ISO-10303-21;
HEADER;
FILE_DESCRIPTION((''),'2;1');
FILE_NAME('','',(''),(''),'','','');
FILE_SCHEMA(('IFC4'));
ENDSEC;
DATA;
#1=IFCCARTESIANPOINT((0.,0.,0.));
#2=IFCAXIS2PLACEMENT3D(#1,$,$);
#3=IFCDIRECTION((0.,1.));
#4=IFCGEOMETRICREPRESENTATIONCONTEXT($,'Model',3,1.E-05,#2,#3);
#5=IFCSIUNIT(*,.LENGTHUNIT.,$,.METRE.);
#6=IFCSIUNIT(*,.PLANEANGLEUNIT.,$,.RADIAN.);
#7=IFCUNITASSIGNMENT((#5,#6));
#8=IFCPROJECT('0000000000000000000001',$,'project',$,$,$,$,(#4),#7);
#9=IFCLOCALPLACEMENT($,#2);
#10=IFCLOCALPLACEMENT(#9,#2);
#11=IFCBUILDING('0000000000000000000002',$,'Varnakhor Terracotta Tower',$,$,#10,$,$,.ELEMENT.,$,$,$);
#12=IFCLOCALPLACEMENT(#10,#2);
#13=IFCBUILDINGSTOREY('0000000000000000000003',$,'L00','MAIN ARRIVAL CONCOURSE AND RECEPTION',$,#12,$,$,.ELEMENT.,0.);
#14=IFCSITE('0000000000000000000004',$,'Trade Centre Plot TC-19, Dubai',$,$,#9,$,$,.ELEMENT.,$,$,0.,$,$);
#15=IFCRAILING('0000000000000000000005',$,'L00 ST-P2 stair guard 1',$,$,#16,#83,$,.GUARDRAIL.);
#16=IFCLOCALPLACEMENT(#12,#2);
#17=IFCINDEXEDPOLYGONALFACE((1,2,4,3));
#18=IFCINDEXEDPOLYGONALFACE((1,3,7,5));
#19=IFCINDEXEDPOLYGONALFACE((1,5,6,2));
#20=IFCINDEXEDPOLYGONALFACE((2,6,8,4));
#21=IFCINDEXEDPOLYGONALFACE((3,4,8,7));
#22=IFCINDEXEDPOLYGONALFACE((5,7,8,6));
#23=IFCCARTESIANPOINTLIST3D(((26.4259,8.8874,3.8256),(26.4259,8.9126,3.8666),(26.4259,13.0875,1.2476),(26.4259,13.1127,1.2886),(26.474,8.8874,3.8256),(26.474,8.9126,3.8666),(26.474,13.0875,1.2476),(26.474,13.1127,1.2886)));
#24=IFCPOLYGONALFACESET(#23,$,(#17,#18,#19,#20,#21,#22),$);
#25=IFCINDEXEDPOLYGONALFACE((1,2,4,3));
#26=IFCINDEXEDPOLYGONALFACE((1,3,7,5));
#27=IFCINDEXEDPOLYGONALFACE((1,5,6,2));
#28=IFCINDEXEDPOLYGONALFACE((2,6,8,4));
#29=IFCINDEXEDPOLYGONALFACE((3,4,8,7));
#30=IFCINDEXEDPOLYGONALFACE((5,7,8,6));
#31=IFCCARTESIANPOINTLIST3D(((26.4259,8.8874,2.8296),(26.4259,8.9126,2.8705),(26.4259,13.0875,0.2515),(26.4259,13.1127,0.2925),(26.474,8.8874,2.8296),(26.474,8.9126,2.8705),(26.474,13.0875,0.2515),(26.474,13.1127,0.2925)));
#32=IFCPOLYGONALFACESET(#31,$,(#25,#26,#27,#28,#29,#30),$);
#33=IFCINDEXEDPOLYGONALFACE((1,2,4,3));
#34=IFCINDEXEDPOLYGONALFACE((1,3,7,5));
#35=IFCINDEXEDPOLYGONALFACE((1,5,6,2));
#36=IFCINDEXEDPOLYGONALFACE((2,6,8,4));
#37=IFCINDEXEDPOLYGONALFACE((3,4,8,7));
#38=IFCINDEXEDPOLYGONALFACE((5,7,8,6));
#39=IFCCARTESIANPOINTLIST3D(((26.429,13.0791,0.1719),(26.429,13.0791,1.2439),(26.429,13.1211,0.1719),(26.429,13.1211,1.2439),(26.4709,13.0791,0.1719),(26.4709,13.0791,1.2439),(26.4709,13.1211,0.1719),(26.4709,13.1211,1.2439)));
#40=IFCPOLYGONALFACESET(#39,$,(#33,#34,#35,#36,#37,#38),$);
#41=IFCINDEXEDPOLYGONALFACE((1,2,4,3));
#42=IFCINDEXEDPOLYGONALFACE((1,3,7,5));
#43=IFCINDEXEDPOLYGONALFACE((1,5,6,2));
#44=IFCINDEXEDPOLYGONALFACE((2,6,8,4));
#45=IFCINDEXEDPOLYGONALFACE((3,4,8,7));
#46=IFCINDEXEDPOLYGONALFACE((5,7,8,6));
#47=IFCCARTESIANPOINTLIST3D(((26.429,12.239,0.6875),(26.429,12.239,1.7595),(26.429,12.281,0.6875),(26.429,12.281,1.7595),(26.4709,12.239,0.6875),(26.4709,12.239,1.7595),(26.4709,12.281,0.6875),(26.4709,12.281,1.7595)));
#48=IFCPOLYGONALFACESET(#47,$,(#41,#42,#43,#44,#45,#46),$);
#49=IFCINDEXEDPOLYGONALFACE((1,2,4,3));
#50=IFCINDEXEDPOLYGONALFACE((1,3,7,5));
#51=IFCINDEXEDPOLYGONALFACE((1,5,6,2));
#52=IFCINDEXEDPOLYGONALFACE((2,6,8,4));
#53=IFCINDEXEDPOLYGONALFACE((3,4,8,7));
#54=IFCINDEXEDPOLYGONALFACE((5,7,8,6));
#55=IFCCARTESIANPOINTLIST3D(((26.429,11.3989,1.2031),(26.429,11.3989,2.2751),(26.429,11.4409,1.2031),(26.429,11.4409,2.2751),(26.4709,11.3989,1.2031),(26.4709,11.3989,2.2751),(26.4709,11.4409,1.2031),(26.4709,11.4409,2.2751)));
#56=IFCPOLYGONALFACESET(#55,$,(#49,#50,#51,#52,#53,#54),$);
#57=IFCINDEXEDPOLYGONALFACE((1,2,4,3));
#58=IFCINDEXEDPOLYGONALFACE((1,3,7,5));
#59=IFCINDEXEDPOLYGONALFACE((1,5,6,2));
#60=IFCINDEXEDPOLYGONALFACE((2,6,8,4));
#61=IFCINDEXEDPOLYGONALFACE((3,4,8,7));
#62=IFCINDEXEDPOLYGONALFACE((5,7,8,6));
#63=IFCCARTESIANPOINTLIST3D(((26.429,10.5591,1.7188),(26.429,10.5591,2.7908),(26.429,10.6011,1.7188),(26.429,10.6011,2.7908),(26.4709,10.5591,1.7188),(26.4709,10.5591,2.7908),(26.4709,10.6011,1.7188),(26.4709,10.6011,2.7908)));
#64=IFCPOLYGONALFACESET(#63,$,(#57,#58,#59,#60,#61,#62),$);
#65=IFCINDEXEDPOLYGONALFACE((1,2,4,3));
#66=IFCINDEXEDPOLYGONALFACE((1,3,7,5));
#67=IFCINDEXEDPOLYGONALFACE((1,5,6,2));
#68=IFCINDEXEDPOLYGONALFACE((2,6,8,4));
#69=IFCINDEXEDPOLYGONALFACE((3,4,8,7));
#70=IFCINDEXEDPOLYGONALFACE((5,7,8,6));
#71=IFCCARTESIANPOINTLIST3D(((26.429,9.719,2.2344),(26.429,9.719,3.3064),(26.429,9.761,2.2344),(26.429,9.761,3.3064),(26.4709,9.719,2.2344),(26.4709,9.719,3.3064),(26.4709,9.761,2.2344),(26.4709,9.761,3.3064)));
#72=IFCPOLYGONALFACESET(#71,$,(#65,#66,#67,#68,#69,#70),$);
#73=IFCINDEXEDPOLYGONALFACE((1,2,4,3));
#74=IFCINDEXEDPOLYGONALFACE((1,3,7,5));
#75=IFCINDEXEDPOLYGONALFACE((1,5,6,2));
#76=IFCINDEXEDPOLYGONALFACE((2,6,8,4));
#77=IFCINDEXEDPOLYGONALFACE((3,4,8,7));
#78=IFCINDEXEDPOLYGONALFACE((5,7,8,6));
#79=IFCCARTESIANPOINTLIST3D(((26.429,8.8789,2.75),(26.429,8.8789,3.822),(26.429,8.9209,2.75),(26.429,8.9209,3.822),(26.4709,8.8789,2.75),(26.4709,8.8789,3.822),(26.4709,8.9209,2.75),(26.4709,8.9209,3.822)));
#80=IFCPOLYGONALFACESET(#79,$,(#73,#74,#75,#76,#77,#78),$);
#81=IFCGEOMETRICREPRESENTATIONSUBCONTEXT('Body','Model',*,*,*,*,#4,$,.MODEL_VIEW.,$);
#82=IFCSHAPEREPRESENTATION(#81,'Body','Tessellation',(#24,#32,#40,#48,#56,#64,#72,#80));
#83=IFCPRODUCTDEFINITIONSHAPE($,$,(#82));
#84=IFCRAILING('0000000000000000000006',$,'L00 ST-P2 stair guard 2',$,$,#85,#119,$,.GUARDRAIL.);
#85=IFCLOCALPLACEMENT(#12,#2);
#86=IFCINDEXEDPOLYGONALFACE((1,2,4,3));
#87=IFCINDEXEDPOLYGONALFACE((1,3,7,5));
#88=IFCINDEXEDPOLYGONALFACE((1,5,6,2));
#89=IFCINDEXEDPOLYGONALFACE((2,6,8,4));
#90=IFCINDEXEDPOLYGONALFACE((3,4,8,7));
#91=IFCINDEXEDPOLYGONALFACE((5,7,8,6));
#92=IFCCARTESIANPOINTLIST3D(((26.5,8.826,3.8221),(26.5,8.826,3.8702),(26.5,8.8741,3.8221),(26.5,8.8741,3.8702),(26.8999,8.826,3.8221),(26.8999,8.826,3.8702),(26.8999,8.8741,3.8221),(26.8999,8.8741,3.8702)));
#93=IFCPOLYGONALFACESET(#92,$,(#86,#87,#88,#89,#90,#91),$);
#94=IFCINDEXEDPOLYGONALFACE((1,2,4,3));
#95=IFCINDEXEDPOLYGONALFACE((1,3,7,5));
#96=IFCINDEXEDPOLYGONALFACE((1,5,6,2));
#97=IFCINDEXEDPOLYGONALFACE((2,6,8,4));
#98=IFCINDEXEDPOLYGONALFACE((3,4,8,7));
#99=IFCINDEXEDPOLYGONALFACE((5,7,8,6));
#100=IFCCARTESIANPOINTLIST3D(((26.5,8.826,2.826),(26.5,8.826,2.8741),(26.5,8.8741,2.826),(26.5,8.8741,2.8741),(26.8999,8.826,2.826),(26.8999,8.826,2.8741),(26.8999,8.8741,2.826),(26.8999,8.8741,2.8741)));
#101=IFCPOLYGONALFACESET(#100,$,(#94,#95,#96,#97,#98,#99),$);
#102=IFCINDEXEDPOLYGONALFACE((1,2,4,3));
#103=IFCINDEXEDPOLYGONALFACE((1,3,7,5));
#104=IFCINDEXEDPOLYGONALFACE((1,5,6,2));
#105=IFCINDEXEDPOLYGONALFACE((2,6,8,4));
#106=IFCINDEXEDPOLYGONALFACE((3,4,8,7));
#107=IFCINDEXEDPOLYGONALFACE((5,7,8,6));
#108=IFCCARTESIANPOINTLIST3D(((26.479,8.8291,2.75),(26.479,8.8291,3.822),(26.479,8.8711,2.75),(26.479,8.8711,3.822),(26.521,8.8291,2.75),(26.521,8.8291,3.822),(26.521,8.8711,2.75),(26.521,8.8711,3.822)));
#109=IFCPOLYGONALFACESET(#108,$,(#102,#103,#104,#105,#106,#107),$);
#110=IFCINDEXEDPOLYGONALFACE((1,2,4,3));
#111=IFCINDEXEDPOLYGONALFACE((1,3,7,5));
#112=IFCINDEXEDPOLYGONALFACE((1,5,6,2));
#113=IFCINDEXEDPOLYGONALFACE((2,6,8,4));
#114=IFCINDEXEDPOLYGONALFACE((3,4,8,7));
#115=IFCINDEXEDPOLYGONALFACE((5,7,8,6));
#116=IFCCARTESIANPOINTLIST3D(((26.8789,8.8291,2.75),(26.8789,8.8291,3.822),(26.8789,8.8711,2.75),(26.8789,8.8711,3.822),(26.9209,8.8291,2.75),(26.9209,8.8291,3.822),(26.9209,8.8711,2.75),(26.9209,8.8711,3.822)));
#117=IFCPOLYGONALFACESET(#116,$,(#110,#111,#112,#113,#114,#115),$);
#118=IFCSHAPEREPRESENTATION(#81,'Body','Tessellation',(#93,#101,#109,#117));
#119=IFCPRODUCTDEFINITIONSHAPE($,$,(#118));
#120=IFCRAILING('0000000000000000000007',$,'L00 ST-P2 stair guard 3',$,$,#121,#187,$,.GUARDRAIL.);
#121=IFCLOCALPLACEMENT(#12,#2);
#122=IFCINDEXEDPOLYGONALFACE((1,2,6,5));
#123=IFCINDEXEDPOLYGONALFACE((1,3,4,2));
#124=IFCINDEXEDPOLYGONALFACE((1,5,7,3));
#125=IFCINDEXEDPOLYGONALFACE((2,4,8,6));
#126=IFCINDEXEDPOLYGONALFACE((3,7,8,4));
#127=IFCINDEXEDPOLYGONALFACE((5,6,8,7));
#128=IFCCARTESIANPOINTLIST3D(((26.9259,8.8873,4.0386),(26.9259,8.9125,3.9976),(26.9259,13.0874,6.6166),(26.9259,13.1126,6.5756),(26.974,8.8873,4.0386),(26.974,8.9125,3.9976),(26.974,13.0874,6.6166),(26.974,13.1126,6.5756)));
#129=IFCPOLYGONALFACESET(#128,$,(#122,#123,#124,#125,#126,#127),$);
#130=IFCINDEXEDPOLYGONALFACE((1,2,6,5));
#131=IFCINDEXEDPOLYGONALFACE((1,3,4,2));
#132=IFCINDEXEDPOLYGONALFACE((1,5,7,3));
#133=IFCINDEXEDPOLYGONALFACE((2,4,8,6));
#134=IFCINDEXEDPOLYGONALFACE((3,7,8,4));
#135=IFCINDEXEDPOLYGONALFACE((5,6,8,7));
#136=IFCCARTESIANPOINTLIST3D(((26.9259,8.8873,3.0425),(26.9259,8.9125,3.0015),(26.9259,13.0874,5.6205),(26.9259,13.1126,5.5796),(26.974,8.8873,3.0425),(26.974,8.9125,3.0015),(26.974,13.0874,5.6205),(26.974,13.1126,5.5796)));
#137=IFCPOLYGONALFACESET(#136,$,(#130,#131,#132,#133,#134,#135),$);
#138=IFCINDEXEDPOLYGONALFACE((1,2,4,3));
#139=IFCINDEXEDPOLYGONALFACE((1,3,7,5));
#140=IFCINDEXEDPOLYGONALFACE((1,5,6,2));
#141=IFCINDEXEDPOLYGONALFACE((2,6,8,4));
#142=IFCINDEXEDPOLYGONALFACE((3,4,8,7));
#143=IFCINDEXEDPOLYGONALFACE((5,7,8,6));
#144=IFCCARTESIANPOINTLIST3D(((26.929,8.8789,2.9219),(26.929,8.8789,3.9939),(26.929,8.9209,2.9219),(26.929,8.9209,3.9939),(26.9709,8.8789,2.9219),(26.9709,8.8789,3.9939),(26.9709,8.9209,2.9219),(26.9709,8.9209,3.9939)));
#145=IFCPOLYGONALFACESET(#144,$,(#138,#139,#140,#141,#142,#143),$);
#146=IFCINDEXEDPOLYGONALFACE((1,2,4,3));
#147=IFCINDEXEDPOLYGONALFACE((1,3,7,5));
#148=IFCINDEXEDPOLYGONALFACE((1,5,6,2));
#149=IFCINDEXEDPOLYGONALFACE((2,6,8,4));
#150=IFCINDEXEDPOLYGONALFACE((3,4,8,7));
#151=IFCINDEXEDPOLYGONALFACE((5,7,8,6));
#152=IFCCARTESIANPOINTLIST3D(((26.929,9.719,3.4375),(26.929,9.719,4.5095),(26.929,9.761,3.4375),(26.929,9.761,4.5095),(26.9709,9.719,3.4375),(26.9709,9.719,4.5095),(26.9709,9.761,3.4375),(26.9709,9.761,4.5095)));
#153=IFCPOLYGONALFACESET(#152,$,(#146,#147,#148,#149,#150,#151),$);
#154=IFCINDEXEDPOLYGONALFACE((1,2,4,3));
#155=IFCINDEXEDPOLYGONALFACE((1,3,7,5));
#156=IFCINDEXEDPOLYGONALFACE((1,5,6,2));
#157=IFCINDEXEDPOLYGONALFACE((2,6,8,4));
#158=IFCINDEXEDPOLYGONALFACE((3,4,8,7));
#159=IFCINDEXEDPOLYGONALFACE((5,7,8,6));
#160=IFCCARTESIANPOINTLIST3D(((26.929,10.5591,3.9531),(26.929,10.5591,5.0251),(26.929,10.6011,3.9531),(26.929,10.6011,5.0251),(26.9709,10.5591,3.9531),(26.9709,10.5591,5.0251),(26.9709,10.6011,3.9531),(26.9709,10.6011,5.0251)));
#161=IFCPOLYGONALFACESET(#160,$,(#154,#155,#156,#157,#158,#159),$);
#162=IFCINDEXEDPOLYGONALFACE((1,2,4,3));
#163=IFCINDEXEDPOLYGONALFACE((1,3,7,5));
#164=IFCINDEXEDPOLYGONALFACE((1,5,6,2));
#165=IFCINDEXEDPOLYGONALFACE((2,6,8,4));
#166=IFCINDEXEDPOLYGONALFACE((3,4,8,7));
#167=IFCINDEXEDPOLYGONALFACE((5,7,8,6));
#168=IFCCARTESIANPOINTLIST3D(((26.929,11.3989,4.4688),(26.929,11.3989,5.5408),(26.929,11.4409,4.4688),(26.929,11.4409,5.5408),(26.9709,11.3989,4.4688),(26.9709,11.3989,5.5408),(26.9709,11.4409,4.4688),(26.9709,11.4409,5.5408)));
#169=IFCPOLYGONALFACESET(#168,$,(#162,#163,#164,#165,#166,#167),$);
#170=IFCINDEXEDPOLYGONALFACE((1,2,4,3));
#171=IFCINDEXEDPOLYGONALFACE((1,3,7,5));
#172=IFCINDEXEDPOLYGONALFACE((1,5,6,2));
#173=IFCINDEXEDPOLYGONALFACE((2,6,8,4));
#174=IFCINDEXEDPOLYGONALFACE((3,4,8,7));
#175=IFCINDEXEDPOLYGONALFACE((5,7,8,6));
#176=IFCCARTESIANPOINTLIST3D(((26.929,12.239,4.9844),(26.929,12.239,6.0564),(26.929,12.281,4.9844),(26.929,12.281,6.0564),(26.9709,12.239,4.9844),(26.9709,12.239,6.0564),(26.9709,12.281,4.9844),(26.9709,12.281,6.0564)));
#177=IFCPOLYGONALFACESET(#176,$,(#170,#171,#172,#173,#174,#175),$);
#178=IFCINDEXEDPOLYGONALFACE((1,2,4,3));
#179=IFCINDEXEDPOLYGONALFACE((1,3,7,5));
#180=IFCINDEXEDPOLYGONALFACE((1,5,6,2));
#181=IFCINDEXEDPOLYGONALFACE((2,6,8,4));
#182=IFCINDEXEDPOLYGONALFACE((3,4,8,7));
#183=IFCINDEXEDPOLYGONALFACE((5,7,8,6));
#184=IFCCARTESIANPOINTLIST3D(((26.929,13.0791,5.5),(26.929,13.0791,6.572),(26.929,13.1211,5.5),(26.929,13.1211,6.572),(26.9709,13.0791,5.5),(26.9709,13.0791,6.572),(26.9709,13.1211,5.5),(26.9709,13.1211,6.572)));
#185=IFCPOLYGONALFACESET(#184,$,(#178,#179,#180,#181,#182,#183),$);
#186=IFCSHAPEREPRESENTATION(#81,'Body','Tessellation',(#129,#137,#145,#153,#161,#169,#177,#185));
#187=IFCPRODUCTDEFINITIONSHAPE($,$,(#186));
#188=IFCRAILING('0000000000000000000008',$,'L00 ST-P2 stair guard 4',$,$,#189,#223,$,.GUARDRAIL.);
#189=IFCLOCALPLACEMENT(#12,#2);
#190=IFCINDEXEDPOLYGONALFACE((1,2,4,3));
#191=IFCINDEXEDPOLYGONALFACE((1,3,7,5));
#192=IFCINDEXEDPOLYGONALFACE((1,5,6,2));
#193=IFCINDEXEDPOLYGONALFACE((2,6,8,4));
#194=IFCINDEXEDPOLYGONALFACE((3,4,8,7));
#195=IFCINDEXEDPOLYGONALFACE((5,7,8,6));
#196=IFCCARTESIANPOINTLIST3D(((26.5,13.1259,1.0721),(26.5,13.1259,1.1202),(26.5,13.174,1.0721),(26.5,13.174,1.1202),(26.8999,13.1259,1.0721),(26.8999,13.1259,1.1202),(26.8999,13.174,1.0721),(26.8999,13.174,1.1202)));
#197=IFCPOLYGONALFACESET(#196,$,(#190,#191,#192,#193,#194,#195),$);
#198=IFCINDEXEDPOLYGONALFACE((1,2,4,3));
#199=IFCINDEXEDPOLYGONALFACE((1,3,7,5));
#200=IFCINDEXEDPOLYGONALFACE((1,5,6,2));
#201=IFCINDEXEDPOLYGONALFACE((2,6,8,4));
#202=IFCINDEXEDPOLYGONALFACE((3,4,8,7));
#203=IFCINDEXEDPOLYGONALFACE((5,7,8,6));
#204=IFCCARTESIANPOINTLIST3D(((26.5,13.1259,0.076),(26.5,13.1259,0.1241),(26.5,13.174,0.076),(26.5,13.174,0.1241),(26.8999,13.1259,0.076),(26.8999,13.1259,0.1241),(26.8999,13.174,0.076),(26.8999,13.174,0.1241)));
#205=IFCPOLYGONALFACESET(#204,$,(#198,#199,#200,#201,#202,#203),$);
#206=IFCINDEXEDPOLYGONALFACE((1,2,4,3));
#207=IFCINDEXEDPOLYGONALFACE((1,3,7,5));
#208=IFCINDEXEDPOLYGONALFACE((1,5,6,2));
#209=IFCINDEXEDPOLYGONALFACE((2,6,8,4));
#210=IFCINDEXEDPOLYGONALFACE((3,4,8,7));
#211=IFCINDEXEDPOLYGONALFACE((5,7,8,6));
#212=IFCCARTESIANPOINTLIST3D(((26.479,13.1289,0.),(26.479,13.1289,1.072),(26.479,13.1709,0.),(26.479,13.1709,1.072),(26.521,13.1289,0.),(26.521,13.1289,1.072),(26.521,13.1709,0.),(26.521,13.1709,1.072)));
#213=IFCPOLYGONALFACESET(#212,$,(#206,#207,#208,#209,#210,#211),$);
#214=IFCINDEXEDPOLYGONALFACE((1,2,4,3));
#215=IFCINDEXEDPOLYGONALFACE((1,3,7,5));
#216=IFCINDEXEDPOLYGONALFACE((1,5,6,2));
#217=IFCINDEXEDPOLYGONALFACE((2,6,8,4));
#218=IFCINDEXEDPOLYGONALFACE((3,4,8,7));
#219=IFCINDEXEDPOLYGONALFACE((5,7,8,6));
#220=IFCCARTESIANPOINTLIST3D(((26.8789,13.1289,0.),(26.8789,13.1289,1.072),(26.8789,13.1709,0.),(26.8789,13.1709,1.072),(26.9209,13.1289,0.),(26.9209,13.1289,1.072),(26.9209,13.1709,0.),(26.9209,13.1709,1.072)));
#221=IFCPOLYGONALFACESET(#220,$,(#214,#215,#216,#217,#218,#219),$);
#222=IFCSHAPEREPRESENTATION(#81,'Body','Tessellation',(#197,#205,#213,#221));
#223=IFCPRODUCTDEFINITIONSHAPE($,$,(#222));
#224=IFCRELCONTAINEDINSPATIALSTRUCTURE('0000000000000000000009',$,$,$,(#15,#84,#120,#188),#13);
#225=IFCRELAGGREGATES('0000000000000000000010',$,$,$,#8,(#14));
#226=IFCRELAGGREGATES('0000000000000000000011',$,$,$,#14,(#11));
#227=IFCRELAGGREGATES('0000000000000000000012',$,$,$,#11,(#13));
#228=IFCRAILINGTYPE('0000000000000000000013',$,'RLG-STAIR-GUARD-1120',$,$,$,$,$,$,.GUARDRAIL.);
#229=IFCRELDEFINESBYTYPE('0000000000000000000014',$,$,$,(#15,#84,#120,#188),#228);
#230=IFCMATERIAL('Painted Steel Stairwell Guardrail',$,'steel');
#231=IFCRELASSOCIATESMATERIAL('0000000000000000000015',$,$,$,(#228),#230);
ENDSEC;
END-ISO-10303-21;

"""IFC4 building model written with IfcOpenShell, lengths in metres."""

from ifc_helpers import new_model, si_unit, direction, frame, origin, origin_2d, place, context, subcontext, project, spatial, rectangle, extrude, material, type_object, element, save


model = new_model("IFC4")

# Units and contexts
model_context = context("Model", 3, precision=1e-05, world=origin(), true_north=direction((0.0, 1.0)))
body_context = subcontext(model_context, "Body", "Model", "MODEL_VIEW")
ifc_project = project(units=[si_unit("LENGTHUNIT", "METRE"), si_unit("PLANEANGLEUNIT", "RADIAN")], contexts=[model_context])

# Site, building, storey
site_placement = place(None, origin())
site = spatial("IfcSite", under=ifc_project, at=site_placement, Name="Trade Centre Plot TC-19, Dubai", CompositionType="ELEMENT", RefElevation=0.0)
building_placement = place(site_placement, origin())
building = spatial("IfcBuilding", under=site, at=building_placement, Name="Varnakhor Terracotta Tower", CompositionType="ELEMENT")
storey_placement = place(building_placement, origin())
storey = spatial("IfcBuildingStorey", under=building, at=storey_placement, Name="L00", Description="MAIN ARRIVAL CONCOURSE AND RECEPTION", CompositionType="ELEMENT", Elevation=0.0)

# Railings
ifc_material_1 = material(Name="Painted Steel Stairwell Guardrail", Category="steel")
railing_type_1 = type_object("IfcRailingType", Name="RLG-STAIR-GUARD-1120", PredefinedType="GUARDRAIL", material=ifc_material_1)
railing_1_placement = place(storey_placement, frame((26.45, 13.1001, 0.1719)))
element("IfcRailing", 1, at=railing_1_placement, inside=storey, type_object=railing_type_1, Name="L00 ST-P2 stair guard 1", PredefinedType="GUARDRAIL", context=body_context, shape_type="SweptSolid", body=[
    extrude(rectangle(XDim=0.0481, YDim=0.0481, at=origin_2d()), frame((0.0, 0.0, 1.0962), z_axis=(0.0, -0.852256, 0.523124), x_axis=(1.0, 0.0, 0.0)), (0.0, 0.0, 1.0), 4.9282),
    extrude(rectangle(XDim=0.0481, YDim=0.0481, at=origin_2d()), frame((0.0, 0.0, 0.1001), z_axis=(0.0, -0.852256, 0.523124), x_axis=(1.0, 0.0, 0.0)), (0.0, 0.0, 1.0), 4.9282),
    extrude(rectangle(XDim=0.042, YDim=0.042, at=origin_2d()), origin(), (0.0, 0.0, 1.0), 1.072),
    extrude(rectangle(XDim=0.042, YDim=0.042, at=origin_2d()), frame((0.0, -0.8401, 0.5156)), (0.0, 0.0, 1.0), 1.072),
    extrude(rectangle(XDim=0.042, YDim=0.042, at=origin_2d()), frame((0.0, -1.6802, 1.0312)), (0.0, 0.0, 1.0), 1.072),
    extrude(rectangle(XDim=0.042, YDim=0.042, at=origin_2d()), frame((0.0, -2.52, 1.5469)), (0.0, 0.0, 1.0), 1.072),
    extrude(rectangle(XDim=0.042, YDim=0.042, at=origin_2d()), frame((0.0, -3.3601, 2.0625)), (0.0, 0.0, 1.0), 1.072),
    extrude(rectangle(XDim=0.042, YDim=0.042, at=origin_2d()), frame((0.0, -4.2002, 2.5781)), (0.0, 0.0, 1.0), 1.072),
])
railing_2_placement = place(storey_placement, frame((26.5, 8.8501, 2.75)))
element("IfcRailing", 2, at=railing_2_placement, inside=storey, type_object=railing_type_1, Name="L00 ST-P2 stair guard 2", PredefinedType="GUARDRAIL", context=body_context, shape_type="SweptSolid", body=[
    extrude(rectangle(XDim=0.0481, YDim=0.0481, at=origin_2d()), frame((0.0, 0.0, 1.0962), z_axis=(1.0, 0.0, 0.0), x_axis=(0.0, 1.0, 0.0)), (0.0, 0.0, 1.0), 0.3999),
    extrude(rectangle(XDim=0.0481, YDim=0.0481, at=origin_2d()), frame((0.0, 0.0, 0.1001), z_axis=(1.0, 0.0, 0.0), x_axis=(0.0, 1.0, 0.0)), (0.0, 0.0, 1.0), 0.3999),
    extrude(rectangle(XDim=0.042, YDim=0.042, at=origin_2d()), origin(), (0.0, 0.0, 1.0), 1.072),
    extrude(rectangle(XDim=0.042, YDim=0.042, at=origin_2d()), frame((0.3999, 0.0, 0.0)), (0.0, 0.0, 1.0), 1.072),
])
railing_3_placement = place(storey_placement, frame((26.95, 8.8999, 2.9219)))
element("IfcRailing", 3, at=railing_3_placement, inside=storey, type_object=railing_type_1, Name="L00 ST-P2 stair guard 3", PredefinedType="GUARDRAIL", context=body_context, shape_type="SweptSolid", body=[
    extrude(rectangle(XDim=0.0481, YDim=0.0481, at=origin_2d()), frame((0.0, 0.0, 1.0962), z_axis=(0.0, 0.852256, 0.523124), x_axis=(-1.0, 0.0, 0.0)), (0.0, 0.0, 1.0), 4.9282),
    extrude(rectangle(XDim=0.0481, YDim=0.0481, at=origin_2d()), frame((0.0, 0.0, 0.1001), z_axis=(0.0, 0.852256, 0.523124), x_axis=(-1.0, 0.0, 0.0)), (0.0, 0.0, 1.0), 4.9282),
    extrude(rectangle(XDim=0.042, YDim=0.042, at=origin_2d()), origin(), (0.0, 0.0, 1.0), 1.072),
    extrude(rectangle(XDim=0.042, YDim=0.042, at=origin_2d()), frame((0.0, 0.8401, 0.5156)), (0.0, 0.0, 1.0), 1.072),
    extrude(rectangle(XDim=0.042, YDim=0.042, at=origin_2d()), frame((0.0, 1.6802, 1.0312)), (0.0, 0.0, 1.0), 1.072),
    extrude(rectangle(XDim=0.042, YDim=0.042, at=origin_2d()), frame((0.0, 2.52, 1.5469)), (0.0, 0.0, 1.0), 1.072),
    extrude(rectangle(XDim=0.042, YDim=0.042, at=origin_2d()), frame((0.0, 3.3601, 2.0625)), (0.0, 0.0, 1.0), 1.072),
    extrude(rectangle(XDim=0.042, YDim=0.042, at=origin_2d()), frame((0.0, 4.2002, 2.5781)), (0.0, 0.0, 1.0), 1.072),
])
railing_4_placement = place(storey_placement, frame((26.5, 13.1499, 0.0)))
element("IfcRailing", 4, at=railing_4_placement, inside=storey, type_object=railing_type_1, Name="L00 ST-P2 stair guard 4", PredefinedType="GUARDRAIL", context=body_context, shape_type="SweptSolid", body=[
    extrude(rectangle(XDim=0.0481, YDim=0.0481, at=origin_2d()), frame((0.0, 0.0, 1.0962), z_axis=(1.0, 0.0, 0.0), x_axis=(0.0, 1.0, 0.0)), (0.0, 0.0, 1.0), 0.3999),
    extrude(rectangle(XDim=0.0481, YDim=0.0481, at=origin_2d()), frame((0.0, 0.0, 0.1001), z_axis=(1.0, 0.0, 0.0), x_axis=(0.0, 1.0, 0.0)), (0.0, 0.0, 1.0), 0.3999),
    extrude(rectangle(XDim=0.042, YDim=0.042, at=origin_2d()), origin(), (0.0, 0.0, 1.0), 1.072),
    extrude(rectangle(XDim=0.042, YDim=0.042, at=origin_2d()), frame((0.3999, 0.0, 0.0)), (0.0, 0.0, 1.0), 1.072),
])

save(model, "model.ifc")
